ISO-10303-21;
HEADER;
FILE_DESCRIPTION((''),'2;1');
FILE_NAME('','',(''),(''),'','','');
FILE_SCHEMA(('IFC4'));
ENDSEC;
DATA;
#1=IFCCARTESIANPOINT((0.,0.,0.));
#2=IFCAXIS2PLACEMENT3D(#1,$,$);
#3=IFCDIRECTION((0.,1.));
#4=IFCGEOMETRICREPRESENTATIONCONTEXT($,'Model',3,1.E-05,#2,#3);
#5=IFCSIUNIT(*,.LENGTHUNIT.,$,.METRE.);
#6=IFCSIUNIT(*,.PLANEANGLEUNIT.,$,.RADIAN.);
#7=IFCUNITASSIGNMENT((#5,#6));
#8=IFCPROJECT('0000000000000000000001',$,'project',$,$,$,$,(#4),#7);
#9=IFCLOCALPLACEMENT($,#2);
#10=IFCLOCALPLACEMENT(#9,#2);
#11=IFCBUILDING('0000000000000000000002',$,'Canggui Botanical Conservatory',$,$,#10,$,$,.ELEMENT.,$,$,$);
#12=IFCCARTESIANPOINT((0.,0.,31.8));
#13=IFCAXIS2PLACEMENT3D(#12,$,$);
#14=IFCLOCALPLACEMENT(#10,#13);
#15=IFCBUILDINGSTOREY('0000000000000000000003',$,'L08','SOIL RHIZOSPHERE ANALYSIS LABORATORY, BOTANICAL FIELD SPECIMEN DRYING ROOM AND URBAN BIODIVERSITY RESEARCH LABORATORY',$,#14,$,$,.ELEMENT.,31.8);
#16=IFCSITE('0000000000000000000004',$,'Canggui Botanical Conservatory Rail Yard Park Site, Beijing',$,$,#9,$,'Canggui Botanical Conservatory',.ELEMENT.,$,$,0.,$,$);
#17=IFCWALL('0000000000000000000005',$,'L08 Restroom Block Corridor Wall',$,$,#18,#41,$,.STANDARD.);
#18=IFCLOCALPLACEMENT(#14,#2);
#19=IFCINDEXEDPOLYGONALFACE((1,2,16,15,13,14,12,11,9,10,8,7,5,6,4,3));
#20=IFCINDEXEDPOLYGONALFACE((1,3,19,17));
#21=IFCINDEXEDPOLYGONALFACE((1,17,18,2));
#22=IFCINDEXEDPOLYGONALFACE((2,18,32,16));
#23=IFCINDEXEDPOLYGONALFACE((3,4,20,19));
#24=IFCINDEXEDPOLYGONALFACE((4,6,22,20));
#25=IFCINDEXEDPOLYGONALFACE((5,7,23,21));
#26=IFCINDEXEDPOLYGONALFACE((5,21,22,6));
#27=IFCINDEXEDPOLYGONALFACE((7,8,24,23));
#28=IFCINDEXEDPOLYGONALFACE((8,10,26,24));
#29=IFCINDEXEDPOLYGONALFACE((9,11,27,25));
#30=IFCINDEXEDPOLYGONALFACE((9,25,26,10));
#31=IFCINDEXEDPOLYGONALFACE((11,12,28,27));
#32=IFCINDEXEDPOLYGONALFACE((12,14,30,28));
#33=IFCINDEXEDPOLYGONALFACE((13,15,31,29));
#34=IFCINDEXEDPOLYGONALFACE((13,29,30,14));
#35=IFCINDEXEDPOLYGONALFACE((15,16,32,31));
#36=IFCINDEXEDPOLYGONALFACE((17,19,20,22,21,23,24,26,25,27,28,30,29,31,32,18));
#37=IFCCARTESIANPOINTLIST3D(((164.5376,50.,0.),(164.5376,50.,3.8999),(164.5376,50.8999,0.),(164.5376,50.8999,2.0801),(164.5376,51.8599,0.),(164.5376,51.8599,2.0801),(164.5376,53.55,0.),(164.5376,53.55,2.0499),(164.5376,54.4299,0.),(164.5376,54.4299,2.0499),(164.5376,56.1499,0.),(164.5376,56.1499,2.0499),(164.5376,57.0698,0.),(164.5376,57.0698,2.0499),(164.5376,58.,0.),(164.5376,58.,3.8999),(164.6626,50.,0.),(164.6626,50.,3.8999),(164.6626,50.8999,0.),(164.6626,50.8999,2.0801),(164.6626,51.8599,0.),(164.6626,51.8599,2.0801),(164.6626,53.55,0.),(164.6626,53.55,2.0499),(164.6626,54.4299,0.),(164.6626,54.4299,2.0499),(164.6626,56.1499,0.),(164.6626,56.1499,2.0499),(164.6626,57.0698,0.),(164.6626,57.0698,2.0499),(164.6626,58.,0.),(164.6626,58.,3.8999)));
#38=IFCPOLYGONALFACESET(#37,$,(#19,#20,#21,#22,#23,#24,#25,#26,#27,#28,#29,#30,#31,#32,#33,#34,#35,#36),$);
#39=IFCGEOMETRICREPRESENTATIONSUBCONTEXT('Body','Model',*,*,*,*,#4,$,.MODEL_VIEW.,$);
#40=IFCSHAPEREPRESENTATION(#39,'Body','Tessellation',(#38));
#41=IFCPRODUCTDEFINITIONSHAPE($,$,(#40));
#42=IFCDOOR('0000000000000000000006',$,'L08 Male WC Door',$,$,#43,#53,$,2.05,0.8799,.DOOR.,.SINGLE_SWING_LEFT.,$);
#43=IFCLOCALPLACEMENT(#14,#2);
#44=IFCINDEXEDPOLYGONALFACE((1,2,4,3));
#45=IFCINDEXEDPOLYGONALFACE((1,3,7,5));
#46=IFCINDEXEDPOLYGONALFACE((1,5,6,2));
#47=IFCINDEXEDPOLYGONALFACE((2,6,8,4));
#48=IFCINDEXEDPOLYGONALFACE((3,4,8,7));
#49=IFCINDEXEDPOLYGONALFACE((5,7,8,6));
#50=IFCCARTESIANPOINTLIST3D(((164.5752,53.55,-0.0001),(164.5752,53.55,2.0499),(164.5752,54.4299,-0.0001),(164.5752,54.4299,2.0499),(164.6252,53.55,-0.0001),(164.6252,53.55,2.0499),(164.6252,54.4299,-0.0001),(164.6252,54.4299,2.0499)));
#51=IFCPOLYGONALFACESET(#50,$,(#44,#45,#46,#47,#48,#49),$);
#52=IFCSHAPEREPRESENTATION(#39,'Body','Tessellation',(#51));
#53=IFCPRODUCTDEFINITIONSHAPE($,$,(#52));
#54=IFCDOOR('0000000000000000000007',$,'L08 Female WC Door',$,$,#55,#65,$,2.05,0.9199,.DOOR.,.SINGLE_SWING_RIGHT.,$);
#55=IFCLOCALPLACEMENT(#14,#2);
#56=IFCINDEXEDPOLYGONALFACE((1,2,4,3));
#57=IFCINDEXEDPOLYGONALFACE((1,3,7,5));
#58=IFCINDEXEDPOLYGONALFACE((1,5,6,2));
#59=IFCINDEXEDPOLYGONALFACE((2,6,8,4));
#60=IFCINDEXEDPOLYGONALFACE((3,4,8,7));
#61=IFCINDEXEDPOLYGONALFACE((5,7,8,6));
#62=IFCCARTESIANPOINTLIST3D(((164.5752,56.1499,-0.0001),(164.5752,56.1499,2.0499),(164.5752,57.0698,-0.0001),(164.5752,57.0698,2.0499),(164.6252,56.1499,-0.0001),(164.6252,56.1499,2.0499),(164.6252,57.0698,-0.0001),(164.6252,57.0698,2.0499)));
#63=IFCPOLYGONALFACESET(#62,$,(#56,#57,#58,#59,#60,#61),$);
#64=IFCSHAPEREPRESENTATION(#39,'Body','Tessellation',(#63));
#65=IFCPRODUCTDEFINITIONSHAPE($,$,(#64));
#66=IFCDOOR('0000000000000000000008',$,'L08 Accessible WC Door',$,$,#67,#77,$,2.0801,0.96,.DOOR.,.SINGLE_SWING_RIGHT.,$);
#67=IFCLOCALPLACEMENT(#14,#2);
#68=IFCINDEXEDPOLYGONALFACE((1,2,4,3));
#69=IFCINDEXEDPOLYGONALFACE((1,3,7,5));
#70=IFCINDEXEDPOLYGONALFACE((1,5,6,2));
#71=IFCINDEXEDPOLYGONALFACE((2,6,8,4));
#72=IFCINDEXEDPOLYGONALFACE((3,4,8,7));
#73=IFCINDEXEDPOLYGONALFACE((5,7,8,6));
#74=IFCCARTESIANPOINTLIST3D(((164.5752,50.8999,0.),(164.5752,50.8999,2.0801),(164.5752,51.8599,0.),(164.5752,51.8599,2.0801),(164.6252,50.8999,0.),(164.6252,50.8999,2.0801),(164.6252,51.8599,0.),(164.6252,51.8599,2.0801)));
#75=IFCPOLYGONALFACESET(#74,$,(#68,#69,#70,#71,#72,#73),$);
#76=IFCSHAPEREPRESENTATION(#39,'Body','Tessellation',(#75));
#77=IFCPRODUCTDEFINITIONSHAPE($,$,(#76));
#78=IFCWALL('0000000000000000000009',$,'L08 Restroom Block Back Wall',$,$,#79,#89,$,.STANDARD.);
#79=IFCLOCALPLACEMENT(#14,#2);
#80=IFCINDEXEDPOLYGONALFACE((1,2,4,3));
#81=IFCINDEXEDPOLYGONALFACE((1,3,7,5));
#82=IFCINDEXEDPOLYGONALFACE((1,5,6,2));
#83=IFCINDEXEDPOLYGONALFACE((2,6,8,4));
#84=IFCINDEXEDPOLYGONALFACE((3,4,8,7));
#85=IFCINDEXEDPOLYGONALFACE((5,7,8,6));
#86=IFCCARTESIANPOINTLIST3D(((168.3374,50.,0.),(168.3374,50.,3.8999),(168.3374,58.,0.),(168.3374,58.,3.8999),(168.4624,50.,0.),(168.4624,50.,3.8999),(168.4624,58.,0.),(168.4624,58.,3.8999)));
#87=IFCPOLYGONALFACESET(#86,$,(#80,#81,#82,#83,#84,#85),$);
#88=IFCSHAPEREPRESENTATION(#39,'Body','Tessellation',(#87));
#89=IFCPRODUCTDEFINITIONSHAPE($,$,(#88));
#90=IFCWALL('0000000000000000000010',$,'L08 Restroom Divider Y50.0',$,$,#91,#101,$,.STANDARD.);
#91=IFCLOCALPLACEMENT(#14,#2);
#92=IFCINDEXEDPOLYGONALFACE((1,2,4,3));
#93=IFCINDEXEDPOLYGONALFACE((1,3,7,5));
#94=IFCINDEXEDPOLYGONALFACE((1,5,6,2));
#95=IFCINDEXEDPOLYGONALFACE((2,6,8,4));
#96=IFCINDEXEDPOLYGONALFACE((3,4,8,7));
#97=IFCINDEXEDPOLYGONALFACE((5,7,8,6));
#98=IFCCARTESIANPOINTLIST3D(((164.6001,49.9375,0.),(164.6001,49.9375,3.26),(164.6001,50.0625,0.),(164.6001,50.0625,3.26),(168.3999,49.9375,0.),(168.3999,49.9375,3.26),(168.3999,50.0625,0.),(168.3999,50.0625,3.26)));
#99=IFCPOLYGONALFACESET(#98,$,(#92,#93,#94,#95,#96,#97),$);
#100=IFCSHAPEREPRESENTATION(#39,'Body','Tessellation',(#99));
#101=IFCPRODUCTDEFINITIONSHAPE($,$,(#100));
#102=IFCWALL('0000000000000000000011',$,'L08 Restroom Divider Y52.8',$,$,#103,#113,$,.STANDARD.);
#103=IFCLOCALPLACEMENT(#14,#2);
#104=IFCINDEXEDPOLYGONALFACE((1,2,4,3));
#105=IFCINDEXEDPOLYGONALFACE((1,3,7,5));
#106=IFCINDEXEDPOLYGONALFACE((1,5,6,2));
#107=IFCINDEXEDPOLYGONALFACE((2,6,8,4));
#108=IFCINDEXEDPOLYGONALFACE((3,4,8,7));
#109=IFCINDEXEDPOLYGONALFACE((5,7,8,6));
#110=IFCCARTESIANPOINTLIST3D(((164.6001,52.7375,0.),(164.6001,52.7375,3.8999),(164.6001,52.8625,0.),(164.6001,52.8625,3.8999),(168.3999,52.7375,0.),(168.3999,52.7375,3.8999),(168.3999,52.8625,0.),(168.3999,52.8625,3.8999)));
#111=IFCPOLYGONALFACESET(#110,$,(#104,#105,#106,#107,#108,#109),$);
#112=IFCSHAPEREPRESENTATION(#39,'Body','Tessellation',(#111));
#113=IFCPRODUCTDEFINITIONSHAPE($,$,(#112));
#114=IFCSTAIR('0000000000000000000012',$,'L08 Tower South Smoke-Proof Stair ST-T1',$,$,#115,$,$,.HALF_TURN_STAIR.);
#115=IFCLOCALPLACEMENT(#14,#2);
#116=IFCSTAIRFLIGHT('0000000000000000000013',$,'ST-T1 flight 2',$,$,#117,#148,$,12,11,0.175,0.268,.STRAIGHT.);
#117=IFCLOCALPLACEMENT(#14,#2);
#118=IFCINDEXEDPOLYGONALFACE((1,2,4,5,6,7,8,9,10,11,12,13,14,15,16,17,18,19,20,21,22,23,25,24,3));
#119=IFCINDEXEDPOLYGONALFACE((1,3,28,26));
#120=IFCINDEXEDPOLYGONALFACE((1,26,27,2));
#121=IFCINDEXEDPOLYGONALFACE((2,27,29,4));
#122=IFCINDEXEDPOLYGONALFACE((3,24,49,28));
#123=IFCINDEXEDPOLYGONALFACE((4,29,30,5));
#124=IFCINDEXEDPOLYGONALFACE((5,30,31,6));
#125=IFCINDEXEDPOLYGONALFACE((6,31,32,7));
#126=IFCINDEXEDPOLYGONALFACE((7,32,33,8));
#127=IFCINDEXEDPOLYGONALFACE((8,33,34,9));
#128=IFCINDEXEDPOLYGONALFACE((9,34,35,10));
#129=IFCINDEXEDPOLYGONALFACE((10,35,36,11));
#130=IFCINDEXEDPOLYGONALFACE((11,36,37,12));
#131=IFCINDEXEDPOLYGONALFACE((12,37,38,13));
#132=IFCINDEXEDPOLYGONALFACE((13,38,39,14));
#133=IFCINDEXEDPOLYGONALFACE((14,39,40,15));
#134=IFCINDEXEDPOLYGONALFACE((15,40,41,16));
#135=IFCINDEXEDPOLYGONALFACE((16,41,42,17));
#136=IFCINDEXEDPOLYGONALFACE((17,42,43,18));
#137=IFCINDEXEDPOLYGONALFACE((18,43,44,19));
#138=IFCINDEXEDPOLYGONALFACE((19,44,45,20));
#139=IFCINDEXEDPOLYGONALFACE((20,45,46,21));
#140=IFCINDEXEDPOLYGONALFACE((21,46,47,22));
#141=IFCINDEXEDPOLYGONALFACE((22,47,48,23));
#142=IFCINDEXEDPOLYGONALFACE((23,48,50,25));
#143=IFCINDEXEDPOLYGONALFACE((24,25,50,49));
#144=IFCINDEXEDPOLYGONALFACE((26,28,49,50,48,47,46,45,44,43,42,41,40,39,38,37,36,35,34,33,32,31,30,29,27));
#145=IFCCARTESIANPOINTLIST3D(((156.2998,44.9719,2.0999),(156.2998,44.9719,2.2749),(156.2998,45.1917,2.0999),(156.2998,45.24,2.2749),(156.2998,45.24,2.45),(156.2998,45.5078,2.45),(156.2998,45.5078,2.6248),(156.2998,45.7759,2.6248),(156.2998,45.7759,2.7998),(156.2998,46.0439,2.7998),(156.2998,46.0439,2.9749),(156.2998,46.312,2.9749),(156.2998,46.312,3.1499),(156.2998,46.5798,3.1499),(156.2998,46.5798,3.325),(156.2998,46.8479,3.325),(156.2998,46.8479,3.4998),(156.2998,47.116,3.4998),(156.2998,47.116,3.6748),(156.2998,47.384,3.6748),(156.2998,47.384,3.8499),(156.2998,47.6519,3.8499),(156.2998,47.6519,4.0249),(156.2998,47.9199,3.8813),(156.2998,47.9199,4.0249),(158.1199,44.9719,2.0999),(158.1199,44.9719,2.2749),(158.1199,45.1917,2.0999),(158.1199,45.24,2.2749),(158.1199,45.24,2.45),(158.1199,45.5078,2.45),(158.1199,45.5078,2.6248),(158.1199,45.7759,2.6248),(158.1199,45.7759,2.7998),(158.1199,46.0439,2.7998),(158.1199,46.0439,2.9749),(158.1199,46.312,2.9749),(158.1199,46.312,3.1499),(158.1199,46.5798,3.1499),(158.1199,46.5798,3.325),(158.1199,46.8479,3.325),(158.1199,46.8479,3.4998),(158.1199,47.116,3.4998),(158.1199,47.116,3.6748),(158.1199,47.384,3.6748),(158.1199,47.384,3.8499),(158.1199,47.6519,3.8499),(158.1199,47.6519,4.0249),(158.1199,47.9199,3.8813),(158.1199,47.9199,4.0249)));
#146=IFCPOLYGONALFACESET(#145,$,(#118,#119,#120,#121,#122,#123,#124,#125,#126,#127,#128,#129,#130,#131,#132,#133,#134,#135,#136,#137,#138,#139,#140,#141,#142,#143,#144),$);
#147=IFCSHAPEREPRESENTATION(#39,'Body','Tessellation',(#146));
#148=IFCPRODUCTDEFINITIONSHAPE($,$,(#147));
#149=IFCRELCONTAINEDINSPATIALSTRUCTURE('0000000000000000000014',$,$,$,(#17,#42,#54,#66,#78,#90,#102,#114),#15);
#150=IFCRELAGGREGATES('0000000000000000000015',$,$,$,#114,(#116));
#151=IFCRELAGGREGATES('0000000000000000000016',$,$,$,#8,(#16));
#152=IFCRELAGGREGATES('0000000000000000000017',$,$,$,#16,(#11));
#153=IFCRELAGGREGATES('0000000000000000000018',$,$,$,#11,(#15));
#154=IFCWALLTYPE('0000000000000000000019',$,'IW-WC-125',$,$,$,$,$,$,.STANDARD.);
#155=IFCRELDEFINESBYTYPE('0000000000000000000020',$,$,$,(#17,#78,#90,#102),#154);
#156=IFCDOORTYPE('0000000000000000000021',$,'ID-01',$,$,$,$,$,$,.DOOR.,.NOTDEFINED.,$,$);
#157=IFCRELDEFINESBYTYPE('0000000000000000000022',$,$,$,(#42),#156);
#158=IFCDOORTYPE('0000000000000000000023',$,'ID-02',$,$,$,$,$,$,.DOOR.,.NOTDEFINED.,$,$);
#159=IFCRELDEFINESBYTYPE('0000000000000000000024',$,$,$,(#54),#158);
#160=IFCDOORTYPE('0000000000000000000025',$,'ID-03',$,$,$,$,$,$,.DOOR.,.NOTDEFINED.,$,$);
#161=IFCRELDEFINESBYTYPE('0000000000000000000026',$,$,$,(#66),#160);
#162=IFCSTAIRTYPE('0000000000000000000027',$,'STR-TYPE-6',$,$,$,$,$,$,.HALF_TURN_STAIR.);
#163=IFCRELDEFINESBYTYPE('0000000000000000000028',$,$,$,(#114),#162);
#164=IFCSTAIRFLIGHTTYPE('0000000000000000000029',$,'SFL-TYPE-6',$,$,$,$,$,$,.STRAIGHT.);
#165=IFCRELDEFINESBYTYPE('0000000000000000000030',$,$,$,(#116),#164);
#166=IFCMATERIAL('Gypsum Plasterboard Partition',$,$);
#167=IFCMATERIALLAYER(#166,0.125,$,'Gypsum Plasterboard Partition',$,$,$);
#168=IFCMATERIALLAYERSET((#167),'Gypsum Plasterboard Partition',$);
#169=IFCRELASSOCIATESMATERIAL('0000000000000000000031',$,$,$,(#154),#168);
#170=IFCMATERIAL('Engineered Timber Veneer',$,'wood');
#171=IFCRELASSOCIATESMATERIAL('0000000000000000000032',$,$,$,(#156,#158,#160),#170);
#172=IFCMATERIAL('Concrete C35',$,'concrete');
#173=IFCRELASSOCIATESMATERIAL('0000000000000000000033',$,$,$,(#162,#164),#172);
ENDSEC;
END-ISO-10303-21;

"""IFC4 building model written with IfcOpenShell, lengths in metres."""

from ifc_helpers import new_model, si_unit, direction, frame, frame_2d, origin, place, context, subcontext, project, spatial, polyline, rectangle, outline, extrude, material, layer, layer_set, type_object, element, fill, aggregate, save


model = new_model("IFC4")

# Units and contexts
model_context = context("Model", 3, precision=1e-05, world=origin(), true_north=direction((0.0, 1.0)))
body_context = subcontext(model_context, "Body", "Model", "MODEL_VIEW")
ifc_project = project(units=[si_unit("LENGTHUNIT", "METRE"), si_unit("PLANEANGLEUNIT", "RADIAN")], contexts=[model_context])

# Site, building, storey
site_placement = place(None, origin())
site = spatial("IfcSite", under=ifc_project, at=site_placement, Name="Canggui Botanical Conservatory Rail Yard Park Site, Beijing", LongName="Canggui Botanical Conservatory", CompositionType="ELEMENT", RefElevation=0.0)
building_placement = place(site_placement, origin())
building = spatial("IfcBuilding", under=site, at=building_placement, Name="Canggui Botanical Conservatory", CompositionType="ELEMENT")
storey_placement = place(building_placement, frame((0.0, 0.0, 31.8)))
storey = spatial("IfcBuildingStorey", under=building, at=storey_placement, Name="L08", Description="SOIL RHIZOSPHERE ANALYSIS LABORATORY, BOTANICAL FIELD SPECIMEN DRYING ROOM AND URBAN BIODIVERSITY RESEARCH LABORATORY", CompositionType="ELEMENT", Elevation=31.8)

# Shared definitions
ifc_material_1 = material(Name="Concrete C35", Category="concrete")

# Wall, openings, doors
ifc_material_2 = material(Name="Gypsum Plasterboard Partition")
ifc_layer_1 = layer(ifc_material_2, 0.125, Name="Gypsum Plasterboard Partition")
ifc_layer_set_1 = layer_set([ifc_layer_1], Name="Gypsum Plasterboard Partition")
wall_type_1 = type_object("IfcWallType", Name="IW-WC-125", PredefinedType="STANDARD", material=ifc_layer_set_1)
wall_1_placement = place(storey_placement, frame((164.6001, 50.0, 0.0), z_axis=(0.0, 0.0, 1.0), x_axis=(0.0, 1.0, 0.0)))
wall_1 = element("IfcWall", 1, at=wall_1_placement, inside=storey, type_object=wall_type_1, Name="L08 Restroom Block Corridor Wall", PredefinedType="STANDARD", context=body_context, shape_type="SweptSolid", body=[
    extrude(rectangle(XDim=8.0, YDim=0.125, at=frame_2d((4.0, 0.0))), origin(), (0.0, 0.0, 1.0), 3.8999),
])
opening_1_placement = place(wall_1_placement, frame((0.8999, 0.0, 0.0)))
opening_1 = element("IfcOpeningElement", 2, at=opening_1_placement, cuts=wall_1, PredefinedType="OPENING", context=body_context, shape_type="SweptSolid", body=[
    extrude(rectangle(XDim=0.96, YDim=2.0801, at=frame_2d((0.48, 1.04))), frame((0.0, 0.0725, 0.0), z_axis=(0.0, -1.0, 0.0), x_axis=(1.0, 0.0, 0.0)), (0.0, 0.0, 1.0), 0.145),
])
opening_2_placement = place(wall_1_placement, frame((3.55, 0.0, 0.0)))
opening_2 = element("IfcOpeningElement", 3, at=opening_2_placement, cuts=wall_1, PredefinedType="OPENING", context=body_context, shape_type="SweptSolid", body=[
    extrude(rectangle(XDim=0.8799, YDim=2.05, at=frame_2d((0.4399, 1.0249))), frame((0.0, 0.0725, 0.0), z_axis=(0.0, -1.0, 0.0), x_axis=(1.0, 0.0, 0.0)), (0.0, 0.0, 1.0), 0.145),
])
opening_3_placement = place(wall_1_placement, frame((6.1499, 0.0, 0.0)))
opening_3 = element("IfcOpeningElement", 4, at=opening_3_placement, cuts=wall_1, PredefinedType="OPENING", context=body_context, shape_type="SweptSolid", body=[
    extrude(rectangle(XDim=0.9199, YDim=2.05, at=frame_2d((0.46, 1.0249))), frame((0.0, 0.0725, 0.0), z_axis=(0.0, -1.0, 0.0), x_axis=(1.0, 0.0, 0.0)), (0.0, 0.0, 1.0), 0.145),
])
ifc_material_3 = material(Name="Engineered Timber Veneer", Category="wood")
door_type_1 = type_object("IfcDoorType", Name="ID-01", OperationType="NOTDEFINED", PredefinedType="DOOR", material=ifc_material_3)
door_1_placement = place(opening_2_placement, origin())
door_1 = element("IfcDoor", 5, at=door_1_placement, inside=storey, type_object=door_type_1, Name="L08 Male WC Door", OperationType="SINGLE_SWING_LEFT", OverallHeight=2.05, OverallWidth=0.8799, PredefinedType="DOOR", context=body_context, shape_type="SweptSolid", body=[
    extrude(rectangle(XDim=0.8799, YDim=2.05, at=frame_2d((0.4399, 1.0249))), frame((0.0, 0.0249, 0.0), z_axis=(0.0, -1.0, 0.0), x_axis=(1.0, 0.0, 0.0)), (0.0, 0.0, 1.0), 0.05),
])
fill(opening_2, door_1)
door_type_2 = type_object("IfcDoorType", Name="ID-02", OperationType="NOTDEFINED", PredefinedType="DOOR", material=ifc_material_3)
door_2_placement = place(opening_3_placement, origin())
door_2 = element("IfcDoor", 6, at=door_2_placement, inside=storey, type_object=door_type_2, Name="L08 Female WC Door", OperationType="SINGLE_SWING_RIGHT", OverallHeight=2.05, OverallWidth=0.9199, PredefinedType="DOOR", context=body_context, shape_type="SweptSolid", body=[
    extrude(rectangle(XDim=0.9199, YDim=2.05, at=frame_2d((0.46, 1.0249))), frame((0.0, 0.0249, 0.0), z_axis=(0.0, -1.0, 0.0), x_axis=(1.0, 0.0, 0.0)), (0.0, 0.0, 1.0), 0.05),
])
fill(opening_3, door_2)
door_type_3 = type_object("IfcDoorType", Name="ID-03", OperationType="NOTDEFINED", PredefinedType="DOOR", material=ifc_material_3)
door_3_placement = place(opening_1_placement, origin())
door_3 = element("IfcDoor", 7, at=door_3_placement, inside=storey, type_object=door_type_3, Name="L08 Accessible WC Door", OperationType="SINGLE_SWING_RIGHT", OverallHeight=2.0801, OverallWidth=0.96, PredefinedType="DOOR", context=body_context, shape_type="SweptSolid", body=[
    extrude(rectangle(XDim=0.96, YDim=2.0801, at=frame_2d((0.48, 1.04))), frame((0.0, 0.0249, 0.0), z_axis=(0.0, -1.0, 0.0), x_axis=(1.0, 0.0, 0.0)), (0.0, 0.0, 1.0), 0.05),
])
fill(opening_1, door_3)

# Walls
wall_2_placement = place(storey_placement, frame((168.3999, 50.0, 0.0), z_axis=(0.0, 0.0, 1.0), x_axis=(0.0, 1.0, 0.0)))
element("IfcWall", 8, at=wall_2_placement, inside=storey, type_object=wall_type_1, Name="L08 Restroom Block Back Wall", PredefinedType="STANDARD", context=body_context, shape_type="SweptSolid", body=[
    extrude(rectangle(XDim=8.0, YDim=0.125, at=frame_2d((4.0, 0.0))), origin(), (0.0, 0.0, 1.0), 3.8999),
])
wall_3_placement = place(storey_placement, frame((164.6001, 50.0, 0.0), z_axis=(0.0, 0.0, 1.0), x_axis=(1.0, 0.0, 0.0)))
element("IfcWall", 9, at=wall_3_placement, inside=storey, type_object=wall_type_1, Name="L08 Restroom Divider Y50.0", PredefinedType="STANDARD", context=body_context, shape_type="SweptSolid", body=[
    extrude(rectangle(XDim=3.7998, YDim=0.125, at=frame_2d((1.8999, 0.0))), origin(), (0.0, 0.0, 1.0), 3.26),
])
wall_4_placement = place(storey_placement, frame((164.6001, 52.8, 0.0), z_axis=(0.0, 0.0, 1.0), x_axis=(1.0, 0.0, 0.0)))
element("IfcWall", 10, at=wall_4_placement, inside=storey, type_object=wall_type_1, Name="L08 Restroom Divider Y52.8", PredefinedType="STANDARD", context=body_context, shape_type="SweptSolid", body=[
    extrude(rectangle(XDim=3.7998, YDim=0.125, at=frame_2d((1.8999, 0.0))), origin(), (0.0, 0.0, 1.0), 3.8999),
])

# Stair, stair flight
stair_type = type_object("IfcStairType", Name="STR-TYPE-6", PredefinedType="HALF_TURN_STAIR", material=ifc_material_1)
stair_placement = place(storey_placement, origin())
stair = element("IfcStair", 11, at=stair_placement, inside=storey, type_object=stair_type, Name="L08 Tower South Smoke-Proof Stair ST-T1", PredefinedType="HALF_TURN_STAIR")
stair_flight_type = type_object("IfcStairFlightType", Name="SFL-TYPE-6", PredefinedType="STRAIGHT", material=ifc_material_1)
stair_flight_placement = place(storey_placement, frame((157.21, 44.9719, 2.0999), z_axis=(0.0, 0.0, 1.0), x_axis=(0.0, 1.0, 0.0)))
stair_flight = element("IfcStairFlight", 12, at=stair_flight_placement, type_object=stair_flight_type, Name="ST-T1 flight 2", NumberOfRisers=12, NumberOfTreads=11, PredefinedType="STRAIGHT", RiserHeight=0.175, TreadLength=0.268, context=body_context, shape_type="SweptSolid", body=[
    extrude(outline(polyline([(0.0, 0.0), (0.0, 0.175), (0.2681, 0.175), (0.2681, 0.3501), (0.5359, 0.3501), (0.5359, 0.5249), (0.804, 0.5249), (0.804, 0.7), (1.072, 0.7), (1.072, 0.875), (1.3401, 0.875), (1.3401, 1.05), (1.6079, 1.05), (1.6079, 1.2251), (1.876, 1.2251), (1.876, 1.3999), (2.144, 1.3999), (2.144, 1.575), (2.4121, 1.575), (2.4121, 1.75), (2.6799, 1.75), (2.6799, 1.925), (2.948, 1.925), (2.948, 2.1001), (2.948, 1.7815), (0.2197, 0.0), (0.0, 0.0)])), frame((0.0, 0.9102, 0.0), z_axis=(0.0, -1.0, 0.0), x_axis=(1.0, 0.0, 0.0)), (0.0, 0.0, 1.0), 1.8201),
])
aggregate(stair, [stair_flight])

save(model, "model.ifc")
